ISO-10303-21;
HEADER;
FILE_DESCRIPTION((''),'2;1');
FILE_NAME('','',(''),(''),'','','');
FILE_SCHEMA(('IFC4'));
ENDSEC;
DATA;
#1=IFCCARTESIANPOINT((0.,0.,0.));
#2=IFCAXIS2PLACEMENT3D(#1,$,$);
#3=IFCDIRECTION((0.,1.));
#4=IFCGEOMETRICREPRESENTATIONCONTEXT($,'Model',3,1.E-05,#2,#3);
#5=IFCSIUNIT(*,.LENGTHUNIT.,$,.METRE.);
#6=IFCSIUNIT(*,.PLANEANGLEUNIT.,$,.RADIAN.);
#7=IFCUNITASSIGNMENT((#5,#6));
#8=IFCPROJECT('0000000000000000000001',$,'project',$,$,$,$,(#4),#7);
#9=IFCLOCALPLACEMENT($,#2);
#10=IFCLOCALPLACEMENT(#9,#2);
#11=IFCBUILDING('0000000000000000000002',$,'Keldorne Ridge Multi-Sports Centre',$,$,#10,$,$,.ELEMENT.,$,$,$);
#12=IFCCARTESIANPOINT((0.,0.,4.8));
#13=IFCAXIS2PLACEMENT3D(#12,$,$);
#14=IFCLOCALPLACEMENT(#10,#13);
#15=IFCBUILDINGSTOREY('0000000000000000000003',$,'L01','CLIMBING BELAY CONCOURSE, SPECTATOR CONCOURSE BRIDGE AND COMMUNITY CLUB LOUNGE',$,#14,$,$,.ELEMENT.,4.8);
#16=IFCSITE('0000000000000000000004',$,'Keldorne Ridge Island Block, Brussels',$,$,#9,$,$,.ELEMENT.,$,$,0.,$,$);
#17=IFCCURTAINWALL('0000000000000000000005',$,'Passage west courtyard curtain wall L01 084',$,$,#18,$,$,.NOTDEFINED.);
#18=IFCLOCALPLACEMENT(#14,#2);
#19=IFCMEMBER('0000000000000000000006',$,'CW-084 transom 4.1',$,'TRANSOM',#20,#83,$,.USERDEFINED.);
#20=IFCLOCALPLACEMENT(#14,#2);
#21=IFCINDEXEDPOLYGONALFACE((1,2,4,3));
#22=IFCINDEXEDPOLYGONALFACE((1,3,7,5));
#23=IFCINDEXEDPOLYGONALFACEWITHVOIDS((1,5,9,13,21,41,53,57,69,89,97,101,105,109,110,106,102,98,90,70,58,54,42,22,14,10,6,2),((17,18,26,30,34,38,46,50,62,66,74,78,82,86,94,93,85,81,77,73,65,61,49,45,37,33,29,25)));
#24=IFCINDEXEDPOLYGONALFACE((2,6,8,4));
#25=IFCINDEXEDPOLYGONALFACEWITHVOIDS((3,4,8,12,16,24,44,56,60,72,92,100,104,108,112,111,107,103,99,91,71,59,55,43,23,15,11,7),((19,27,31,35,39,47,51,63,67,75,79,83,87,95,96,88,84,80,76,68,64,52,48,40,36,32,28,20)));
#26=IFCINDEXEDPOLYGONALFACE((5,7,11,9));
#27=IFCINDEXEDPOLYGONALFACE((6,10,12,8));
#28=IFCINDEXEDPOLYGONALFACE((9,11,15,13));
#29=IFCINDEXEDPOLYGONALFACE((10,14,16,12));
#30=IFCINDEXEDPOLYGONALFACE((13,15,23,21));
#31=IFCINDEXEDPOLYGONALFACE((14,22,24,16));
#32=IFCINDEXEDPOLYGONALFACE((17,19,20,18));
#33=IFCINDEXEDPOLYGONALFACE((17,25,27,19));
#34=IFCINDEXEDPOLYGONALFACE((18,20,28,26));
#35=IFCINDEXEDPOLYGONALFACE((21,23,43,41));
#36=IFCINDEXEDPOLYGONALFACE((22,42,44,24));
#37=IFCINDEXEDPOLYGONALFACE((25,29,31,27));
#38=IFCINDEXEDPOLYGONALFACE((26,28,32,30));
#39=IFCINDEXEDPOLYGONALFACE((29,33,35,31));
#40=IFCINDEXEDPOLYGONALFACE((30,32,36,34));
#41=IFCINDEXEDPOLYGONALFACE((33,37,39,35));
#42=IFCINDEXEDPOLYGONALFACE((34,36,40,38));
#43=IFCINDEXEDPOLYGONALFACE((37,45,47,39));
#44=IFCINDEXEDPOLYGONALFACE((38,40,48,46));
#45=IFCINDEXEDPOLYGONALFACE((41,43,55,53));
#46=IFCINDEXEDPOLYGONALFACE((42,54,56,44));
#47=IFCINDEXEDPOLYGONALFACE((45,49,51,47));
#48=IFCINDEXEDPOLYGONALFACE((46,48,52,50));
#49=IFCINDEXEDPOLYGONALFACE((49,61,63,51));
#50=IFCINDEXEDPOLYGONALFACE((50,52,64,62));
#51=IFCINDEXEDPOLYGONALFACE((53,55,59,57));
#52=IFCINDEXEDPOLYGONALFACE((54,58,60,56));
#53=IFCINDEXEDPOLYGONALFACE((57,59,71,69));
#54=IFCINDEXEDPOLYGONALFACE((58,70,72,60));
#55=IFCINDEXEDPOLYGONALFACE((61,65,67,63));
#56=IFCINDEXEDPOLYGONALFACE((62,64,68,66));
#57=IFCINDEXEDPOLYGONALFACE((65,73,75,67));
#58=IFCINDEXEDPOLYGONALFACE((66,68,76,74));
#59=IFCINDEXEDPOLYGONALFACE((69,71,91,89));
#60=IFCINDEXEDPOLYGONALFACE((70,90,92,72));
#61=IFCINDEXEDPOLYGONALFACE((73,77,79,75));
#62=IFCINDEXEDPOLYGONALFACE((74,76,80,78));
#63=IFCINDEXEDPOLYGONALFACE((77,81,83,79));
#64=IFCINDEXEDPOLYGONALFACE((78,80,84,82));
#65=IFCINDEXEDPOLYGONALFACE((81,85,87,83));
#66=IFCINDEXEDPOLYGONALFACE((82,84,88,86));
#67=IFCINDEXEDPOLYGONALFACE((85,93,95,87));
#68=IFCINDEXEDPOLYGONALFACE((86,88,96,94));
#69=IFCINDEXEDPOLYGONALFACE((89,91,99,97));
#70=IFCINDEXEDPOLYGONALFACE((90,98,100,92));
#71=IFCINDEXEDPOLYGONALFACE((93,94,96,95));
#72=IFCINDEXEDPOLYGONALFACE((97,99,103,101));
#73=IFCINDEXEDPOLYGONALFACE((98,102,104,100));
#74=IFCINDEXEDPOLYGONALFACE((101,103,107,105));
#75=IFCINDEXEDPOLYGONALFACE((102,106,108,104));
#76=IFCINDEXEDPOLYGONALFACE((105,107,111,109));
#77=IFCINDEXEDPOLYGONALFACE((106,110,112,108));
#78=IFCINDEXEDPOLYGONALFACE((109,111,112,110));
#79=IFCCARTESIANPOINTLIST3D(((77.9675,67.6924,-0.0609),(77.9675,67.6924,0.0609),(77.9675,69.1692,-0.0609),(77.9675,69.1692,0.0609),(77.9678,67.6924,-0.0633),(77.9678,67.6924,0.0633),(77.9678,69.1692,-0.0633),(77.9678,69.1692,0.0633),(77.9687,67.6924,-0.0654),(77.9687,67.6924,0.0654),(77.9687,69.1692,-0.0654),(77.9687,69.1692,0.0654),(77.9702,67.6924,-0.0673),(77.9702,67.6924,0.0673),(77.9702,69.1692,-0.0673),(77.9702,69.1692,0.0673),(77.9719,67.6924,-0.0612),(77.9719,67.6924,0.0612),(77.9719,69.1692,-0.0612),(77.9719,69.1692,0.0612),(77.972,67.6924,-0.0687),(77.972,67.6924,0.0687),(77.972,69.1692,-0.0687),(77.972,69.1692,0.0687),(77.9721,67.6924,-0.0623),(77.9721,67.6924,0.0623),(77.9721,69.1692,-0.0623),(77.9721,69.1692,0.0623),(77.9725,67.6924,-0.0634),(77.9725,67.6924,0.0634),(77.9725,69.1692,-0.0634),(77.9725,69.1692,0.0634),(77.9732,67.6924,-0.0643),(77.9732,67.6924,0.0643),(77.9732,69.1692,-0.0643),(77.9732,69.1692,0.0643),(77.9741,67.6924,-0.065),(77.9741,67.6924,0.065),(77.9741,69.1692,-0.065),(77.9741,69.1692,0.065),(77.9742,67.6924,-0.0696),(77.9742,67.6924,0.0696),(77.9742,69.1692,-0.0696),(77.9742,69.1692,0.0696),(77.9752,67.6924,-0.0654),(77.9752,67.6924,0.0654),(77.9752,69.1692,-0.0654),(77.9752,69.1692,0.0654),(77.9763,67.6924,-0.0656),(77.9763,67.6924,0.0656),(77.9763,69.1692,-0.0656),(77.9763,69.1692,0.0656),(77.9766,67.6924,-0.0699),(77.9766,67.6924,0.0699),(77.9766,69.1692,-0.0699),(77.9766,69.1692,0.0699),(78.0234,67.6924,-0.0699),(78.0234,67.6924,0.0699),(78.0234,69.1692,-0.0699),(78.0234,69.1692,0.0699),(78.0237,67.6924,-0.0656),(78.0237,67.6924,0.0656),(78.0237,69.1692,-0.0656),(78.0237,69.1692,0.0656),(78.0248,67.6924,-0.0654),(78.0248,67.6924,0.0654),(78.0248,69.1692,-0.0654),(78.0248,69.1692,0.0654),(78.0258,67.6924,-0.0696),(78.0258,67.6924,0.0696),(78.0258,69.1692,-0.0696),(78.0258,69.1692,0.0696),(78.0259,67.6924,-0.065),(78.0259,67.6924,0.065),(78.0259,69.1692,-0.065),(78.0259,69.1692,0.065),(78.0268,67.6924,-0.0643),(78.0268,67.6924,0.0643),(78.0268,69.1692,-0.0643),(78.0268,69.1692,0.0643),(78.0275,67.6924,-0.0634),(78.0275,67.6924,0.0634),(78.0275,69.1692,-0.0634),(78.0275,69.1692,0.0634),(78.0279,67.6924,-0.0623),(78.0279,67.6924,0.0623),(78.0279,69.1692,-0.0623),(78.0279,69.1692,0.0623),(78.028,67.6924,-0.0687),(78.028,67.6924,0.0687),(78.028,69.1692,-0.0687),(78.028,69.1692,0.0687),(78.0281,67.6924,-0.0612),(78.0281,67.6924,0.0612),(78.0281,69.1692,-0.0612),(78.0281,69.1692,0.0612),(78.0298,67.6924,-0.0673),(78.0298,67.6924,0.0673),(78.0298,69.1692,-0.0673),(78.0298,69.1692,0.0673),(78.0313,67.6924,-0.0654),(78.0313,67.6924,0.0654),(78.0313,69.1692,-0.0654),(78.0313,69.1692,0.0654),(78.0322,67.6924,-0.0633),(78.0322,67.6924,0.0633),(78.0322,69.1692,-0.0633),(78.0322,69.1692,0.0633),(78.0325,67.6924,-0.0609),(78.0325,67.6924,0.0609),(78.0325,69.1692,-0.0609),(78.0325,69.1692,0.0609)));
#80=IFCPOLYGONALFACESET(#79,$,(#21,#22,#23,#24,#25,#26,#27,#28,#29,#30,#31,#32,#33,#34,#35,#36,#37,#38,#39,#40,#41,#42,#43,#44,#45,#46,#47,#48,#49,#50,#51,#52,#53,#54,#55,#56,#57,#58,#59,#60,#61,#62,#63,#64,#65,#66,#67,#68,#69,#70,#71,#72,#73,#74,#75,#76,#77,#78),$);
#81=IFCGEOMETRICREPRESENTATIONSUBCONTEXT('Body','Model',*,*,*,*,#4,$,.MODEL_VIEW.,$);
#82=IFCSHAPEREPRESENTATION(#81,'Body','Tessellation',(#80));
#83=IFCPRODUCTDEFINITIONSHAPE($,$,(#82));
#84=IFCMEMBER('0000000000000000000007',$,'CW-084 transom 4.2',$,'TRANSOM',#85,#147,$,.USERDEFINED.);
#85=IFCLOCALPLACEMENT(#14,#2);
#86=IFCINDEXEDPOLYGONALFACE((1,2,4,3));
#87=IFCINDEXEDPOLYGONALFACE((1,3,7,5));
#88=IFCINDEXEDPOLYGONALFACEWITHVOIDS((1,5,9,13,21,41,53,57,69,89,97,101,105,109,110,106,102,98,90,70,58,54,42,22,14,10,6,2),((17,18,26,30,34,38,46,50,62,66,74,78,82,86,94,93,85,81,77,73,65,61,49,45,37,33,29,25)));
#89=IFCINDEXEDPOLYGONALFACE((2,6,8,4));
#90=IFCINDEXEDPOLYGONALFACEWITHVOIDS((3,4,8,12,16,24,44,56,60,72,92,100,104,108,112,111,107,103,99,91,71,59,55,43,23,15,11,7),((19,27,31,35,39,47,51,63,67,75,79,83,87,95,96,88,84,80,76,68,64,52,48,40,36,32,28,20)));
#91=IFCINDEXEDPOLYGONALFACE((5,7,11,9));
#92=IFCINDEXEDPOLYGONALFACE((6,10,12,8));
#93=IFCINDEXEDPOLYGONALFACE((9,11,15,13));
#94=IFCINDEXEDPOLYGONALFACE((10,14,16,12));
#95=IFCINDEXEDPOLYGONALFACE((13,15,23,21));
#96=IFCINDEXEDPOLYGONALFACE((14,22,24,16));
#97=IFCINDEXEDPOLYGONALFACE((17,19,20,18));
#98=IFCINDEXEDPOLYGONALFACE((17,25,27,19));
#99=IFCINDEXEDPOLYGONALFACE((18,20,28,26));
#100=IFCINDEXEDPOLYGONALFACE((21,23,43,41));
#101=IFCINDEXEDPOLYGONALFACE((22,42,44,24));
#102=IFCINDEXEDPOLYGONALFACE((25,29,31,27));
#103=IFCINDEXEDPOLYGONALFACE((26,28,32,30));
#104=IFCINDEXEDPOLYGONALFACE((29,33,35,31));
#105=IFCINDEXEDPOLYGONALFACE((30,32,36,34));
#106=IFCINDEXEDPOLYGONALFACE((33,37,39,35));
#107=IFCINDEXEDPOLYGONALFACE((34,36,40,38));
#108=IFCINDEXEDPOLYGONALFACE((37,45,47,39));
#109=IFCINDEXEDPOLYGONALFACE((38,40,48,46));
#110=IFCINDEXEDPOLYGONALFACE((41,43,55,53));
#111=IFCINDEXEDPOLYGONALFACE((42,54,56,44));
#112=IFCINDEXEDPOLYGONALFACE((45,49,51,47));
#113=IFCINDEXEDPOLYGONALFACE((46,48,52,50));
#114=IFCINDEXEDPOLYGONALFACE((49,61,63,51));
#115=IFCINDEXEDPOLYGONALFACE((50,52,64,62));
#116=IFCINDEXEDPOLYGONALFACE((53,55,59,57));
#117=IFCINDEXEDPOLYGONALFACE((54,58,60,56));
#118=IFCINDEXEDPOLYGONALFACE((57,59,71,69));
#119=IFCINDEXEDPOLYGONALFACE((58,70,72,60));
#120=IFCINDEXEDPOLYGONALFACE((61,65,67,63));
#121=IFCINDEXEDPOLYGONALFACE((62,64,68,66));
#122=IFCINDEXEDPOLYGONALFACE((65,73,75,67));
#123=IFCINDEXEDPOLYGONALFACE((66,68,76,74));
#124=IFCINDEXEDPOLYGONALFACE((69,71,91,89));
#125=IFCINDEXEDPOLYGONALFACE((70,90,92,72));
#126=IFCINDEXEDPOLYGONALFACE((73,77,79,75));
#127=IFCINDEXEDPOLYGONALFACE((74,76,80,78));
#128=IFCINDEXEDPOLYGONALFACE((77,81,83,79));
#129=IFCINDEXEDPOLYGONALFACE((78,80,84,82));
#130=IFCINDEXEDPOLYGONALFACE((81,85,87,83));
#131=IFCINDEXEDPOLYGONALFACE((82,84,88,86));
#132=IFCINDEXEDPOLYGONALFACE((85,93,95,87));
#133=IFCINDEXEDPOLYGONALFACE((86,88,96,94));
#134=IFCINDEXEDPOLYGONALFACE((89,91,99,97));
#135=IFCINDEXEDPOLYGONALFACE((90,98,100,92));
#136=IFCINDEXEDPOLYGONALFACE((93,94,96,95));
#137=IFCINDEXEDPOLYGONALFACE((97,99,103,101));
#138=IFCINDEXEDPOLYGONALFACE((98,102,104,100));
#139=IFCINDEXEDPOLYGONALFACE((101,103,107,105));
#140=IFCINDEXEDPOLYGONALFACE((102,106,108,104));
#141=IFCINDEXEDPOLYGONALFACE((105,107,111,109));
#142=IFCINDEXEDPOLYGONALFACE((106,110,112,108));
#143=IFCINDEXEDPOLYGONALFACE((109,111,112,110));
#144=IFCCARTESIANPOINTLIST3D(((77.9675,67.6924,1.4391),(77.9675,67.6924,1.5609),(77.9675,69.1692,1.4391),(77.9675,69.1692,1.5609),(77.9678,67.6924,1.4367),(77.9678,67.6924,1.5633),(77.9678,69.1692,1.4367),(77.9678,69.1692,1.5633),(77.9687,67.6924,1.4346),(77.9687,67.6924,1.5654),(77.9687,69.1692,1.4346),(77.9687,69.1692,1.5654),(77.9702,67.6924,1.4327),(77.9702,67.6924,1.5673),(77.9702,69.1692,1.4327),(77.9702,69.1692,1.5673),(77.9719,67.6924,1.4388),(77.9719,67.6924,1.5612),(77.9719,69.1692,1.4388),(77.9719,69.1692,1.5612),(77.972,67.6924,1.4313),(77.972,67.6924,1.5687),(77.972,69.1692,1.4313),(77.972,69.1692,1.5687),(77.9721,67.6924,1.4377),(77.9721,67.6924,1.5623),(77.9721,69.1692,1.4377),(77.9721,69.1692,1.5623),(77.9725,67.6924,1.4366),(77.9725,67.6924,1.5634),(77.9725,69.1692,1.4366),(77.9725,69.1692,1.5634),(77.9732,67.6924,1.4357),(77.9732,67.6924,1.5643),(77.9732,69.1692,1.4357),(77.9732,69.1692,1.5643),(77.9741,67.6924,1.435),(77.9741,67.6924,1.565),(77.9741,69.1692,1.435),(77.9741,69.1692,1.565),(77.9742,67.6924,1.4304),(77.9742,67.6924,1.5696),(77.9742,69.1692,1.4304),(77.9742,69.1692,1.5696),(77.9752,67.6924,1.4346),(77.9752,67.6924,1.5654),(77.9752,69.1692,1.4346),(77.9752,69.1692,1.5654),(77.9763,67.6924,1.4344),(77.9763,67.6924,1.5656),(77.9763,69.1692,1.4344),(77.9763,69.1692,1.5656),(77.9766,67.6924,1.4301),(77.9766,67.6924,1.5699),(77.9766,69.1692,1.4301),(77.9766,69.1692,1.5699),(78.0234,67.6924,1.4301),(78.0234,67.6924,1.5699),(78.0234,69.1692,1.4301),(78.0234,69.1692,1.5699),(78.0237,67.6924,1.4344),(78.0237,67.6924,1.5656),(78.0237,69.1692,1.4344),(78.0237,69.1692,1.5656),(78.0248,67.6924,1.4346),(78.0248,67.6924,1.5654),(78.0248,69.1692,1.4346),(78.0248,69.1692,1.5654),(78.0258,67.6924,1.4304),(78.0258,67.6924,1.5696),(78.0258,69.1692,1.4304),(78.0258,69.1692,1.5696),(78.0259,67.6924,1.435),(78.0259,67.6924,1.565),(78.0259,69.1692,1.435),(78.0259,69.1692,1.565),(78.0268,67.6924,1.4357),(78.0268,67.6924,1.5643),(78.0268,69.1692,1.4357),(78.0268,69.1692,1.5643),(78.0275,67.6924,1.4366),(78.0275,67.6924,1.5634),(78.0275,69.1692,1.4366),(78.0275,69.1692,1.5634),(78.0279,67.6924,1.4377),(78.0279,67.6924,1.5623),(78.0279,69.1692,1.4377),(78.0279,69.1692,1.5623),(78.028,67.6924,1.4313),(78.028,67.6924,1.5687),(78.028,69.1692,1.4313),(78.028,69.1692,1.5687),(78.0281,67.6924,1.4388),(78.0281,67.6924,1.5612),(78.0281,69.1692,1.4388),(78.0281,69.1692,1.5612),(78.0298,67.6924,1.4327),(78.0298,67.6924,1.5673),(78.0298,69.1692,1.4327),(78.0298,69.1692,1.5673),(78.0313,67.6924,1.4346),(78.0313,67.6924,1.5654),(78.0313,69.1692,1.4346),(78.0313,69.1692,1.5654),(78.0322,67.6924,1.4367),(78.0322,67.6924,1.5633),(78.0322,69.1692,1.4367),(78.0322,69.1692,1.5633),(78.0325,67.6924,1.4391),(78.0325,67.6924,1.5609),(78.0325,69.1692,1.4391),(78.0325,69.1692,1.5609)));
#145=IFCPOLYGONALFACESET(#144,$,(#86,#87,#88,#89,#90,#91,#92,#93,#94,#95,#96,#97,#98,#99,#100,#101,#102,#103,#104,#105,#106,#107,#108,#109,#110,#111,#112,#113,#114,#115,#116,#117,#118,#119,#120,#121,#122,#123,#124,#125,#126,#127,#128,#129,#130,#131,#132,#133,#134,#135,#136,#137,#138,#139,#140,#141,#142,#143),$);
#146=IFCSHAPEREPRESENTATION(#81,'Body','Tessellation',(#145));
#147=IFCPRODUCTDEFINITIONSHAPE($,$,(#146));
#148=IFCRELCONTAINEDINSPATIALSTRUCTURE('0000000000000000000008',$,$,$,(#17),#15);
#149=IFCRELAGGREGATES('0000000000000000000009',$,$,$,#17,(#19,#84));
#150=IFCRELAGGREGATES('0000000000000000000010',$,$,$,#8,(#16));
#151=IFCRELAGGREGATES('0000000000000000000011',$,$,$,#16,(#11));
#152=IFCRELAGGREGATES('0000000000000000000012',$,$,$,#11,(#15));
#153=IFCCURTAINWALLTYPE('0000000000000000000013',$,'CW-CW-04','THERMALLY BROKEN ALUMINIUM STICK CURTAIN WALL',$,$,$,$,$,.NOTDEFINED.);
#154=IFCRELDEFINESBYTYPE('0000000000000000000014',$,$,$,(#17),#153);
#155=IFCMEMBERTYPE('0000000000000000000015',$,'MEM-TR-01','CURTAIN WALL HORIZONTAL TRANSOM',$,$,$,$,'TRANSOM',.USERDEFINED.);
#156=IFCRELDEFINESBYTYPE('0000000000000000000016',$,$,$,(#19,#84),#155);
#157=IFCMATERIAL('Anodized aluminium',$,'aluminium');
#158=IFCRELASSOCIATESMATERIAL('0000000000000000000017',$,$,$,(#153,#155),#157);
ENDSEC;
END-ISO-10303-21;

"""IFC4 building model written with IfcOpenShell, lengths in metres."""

from ifc_helpers import new_model, si_unit, direction, frame, origin, origin_2d, place, context, subcontext, project, spatial, hollow_rectangle, extrude, material, material_profile, profile_set, type_object, element, aggregate, save


model = new_model("IFC4")

# Units and contexts
model_context = context("Model", 3, precision=1e-05, world=origin(), true_north=direction((0.0, 1.0)))
body_context = subcontext(model_context, "Body", "Model", "MODEL_VIEW")
ifc_project = project(units=[si_unit("LENGTHUNIT", "METRE"), si_unit("PLANEANGLEUNIT", "RADIAN")], contexts=[model_context])

# Site, building, storey
site_placement = place(None, origin())
site = spatial("IfcSite", under=ifc_project, at=site_placement, Name="Keldorne Ridge Island Block, Brussels", CompositionType="ELEMENT", RefElevation=0.0)
building_placement = place(site_placement, origin())
building = spatial("IfcBuilding", under=site, at=building_placement, Name="Keldorne Ridge Multi-Sports Centre", CompositionType="ELEMENT")
storey_placement = place(building_placement, frame((0.0, 0.0, 4.8)))
storey = spatial("IfcBuildingStorey", under=building, at=storey_placement, Name="L01", Description="CLIMBING BELAY CONCOURSE, SPECTATOR CONCOURSE BRIDGE AND COMMUNITY CLUB LOUNGE", CompositionType="ELEMENT", Elevation=4.8)

# Curtain wall, members
ifc_material_1 = material(Name="Anodized aluminium", Category="aluminium")
curtain_wall_type = type_object("IfcCurtainWallType", Name="CW-CW-04", Description="THERMALLY BROKEN ALUMINIUM STICK CURTAIN WALL", PredefinedType="NOTDEFINED", material=ifc_material_1)
curtain_wall_placement = place(storey_placement, origin())
curtain_wall = element("IfcCurtainWall", 1, at=curtain_wall_placement, inside=storey, type_object=curtain_wall_type, Name="Passage west courtyard curtain wall L01 084", PredefinedType="NOTDEFINED")
ifc_material_profile_1 = material_profile(ifc_material_1, hollow_rectangle(XDim=0.0649, YDim=0.1399, WallThickness=0.0044, InnerFilletRadius=0.0044, OuterFilletRadius=0.009, at=origin_2d()), Name="ALU TRANSOM 140x65x4.5")
ifc_profile_set_1 = profile_set([ifc_material_profile_1], Name="Anodized aluminium")
member_type_1 = type_object("IfcMemberType", Name="MEM-TR-01", Description="CURTAIN WALL HORIZONTAL TRANSOM", ElementType="TRANSOM", PredefinedType="USERDEFINED", material=ifc_profile_set_1)
member_1_placement = place(storey_placement, frame((78.0, 69.1692, 0.0), z_axis=(0.0, -1.0, 0.0), x_axis=(1.0, 0.0, 0.0)))
member_1 = element("IfcMember", 2, at=member_1_placement, type_object=member_type_1, Name="CW-084 transom 4.1", ObjectType="TRANSOM", PredefinedType="USERDEFINED", context=body_context, shape_type="SweptSolid", body=[
    extrude(hollow_rectangle(XDim=0.0649, YDim=0.1399, WallThickness=0.0044, InnerFilletRadius=0.0044, OuterFilletRadius=0.009, at=origin_2d()), origin(), (0.0, 0.0, 1.0), 1.4768),
])
member_2_placement = place(storey_placement, frame((78.0, 69.1692, 1.5), z_axis=(0.0, -1.0, 0.0), x_axis=(1.0, 0.0, 0.0)))
member_2 = element("IfcMember", 3, at=member_2_placement, type_object=member_type_1, Name="CW-084 transom 4.2", ObjectType="TRANSOM", PredefinedType="USERDEFINED", context=body_context, shape_type="SweptSolid", body=[
    extrude(hollow_rectangle(XDim=0.0649, YDim=0.1399, WallThickness=0.0044, InnerFilletRadius=0.0044, OuterFilletRadius=0.009, at=origin_2d()), origin(), (0.0, 0.0, 1.0), 1.4768),
])
aggregate(curtain_wall, [member_1, member_2])

save(model, "model.ifc")
